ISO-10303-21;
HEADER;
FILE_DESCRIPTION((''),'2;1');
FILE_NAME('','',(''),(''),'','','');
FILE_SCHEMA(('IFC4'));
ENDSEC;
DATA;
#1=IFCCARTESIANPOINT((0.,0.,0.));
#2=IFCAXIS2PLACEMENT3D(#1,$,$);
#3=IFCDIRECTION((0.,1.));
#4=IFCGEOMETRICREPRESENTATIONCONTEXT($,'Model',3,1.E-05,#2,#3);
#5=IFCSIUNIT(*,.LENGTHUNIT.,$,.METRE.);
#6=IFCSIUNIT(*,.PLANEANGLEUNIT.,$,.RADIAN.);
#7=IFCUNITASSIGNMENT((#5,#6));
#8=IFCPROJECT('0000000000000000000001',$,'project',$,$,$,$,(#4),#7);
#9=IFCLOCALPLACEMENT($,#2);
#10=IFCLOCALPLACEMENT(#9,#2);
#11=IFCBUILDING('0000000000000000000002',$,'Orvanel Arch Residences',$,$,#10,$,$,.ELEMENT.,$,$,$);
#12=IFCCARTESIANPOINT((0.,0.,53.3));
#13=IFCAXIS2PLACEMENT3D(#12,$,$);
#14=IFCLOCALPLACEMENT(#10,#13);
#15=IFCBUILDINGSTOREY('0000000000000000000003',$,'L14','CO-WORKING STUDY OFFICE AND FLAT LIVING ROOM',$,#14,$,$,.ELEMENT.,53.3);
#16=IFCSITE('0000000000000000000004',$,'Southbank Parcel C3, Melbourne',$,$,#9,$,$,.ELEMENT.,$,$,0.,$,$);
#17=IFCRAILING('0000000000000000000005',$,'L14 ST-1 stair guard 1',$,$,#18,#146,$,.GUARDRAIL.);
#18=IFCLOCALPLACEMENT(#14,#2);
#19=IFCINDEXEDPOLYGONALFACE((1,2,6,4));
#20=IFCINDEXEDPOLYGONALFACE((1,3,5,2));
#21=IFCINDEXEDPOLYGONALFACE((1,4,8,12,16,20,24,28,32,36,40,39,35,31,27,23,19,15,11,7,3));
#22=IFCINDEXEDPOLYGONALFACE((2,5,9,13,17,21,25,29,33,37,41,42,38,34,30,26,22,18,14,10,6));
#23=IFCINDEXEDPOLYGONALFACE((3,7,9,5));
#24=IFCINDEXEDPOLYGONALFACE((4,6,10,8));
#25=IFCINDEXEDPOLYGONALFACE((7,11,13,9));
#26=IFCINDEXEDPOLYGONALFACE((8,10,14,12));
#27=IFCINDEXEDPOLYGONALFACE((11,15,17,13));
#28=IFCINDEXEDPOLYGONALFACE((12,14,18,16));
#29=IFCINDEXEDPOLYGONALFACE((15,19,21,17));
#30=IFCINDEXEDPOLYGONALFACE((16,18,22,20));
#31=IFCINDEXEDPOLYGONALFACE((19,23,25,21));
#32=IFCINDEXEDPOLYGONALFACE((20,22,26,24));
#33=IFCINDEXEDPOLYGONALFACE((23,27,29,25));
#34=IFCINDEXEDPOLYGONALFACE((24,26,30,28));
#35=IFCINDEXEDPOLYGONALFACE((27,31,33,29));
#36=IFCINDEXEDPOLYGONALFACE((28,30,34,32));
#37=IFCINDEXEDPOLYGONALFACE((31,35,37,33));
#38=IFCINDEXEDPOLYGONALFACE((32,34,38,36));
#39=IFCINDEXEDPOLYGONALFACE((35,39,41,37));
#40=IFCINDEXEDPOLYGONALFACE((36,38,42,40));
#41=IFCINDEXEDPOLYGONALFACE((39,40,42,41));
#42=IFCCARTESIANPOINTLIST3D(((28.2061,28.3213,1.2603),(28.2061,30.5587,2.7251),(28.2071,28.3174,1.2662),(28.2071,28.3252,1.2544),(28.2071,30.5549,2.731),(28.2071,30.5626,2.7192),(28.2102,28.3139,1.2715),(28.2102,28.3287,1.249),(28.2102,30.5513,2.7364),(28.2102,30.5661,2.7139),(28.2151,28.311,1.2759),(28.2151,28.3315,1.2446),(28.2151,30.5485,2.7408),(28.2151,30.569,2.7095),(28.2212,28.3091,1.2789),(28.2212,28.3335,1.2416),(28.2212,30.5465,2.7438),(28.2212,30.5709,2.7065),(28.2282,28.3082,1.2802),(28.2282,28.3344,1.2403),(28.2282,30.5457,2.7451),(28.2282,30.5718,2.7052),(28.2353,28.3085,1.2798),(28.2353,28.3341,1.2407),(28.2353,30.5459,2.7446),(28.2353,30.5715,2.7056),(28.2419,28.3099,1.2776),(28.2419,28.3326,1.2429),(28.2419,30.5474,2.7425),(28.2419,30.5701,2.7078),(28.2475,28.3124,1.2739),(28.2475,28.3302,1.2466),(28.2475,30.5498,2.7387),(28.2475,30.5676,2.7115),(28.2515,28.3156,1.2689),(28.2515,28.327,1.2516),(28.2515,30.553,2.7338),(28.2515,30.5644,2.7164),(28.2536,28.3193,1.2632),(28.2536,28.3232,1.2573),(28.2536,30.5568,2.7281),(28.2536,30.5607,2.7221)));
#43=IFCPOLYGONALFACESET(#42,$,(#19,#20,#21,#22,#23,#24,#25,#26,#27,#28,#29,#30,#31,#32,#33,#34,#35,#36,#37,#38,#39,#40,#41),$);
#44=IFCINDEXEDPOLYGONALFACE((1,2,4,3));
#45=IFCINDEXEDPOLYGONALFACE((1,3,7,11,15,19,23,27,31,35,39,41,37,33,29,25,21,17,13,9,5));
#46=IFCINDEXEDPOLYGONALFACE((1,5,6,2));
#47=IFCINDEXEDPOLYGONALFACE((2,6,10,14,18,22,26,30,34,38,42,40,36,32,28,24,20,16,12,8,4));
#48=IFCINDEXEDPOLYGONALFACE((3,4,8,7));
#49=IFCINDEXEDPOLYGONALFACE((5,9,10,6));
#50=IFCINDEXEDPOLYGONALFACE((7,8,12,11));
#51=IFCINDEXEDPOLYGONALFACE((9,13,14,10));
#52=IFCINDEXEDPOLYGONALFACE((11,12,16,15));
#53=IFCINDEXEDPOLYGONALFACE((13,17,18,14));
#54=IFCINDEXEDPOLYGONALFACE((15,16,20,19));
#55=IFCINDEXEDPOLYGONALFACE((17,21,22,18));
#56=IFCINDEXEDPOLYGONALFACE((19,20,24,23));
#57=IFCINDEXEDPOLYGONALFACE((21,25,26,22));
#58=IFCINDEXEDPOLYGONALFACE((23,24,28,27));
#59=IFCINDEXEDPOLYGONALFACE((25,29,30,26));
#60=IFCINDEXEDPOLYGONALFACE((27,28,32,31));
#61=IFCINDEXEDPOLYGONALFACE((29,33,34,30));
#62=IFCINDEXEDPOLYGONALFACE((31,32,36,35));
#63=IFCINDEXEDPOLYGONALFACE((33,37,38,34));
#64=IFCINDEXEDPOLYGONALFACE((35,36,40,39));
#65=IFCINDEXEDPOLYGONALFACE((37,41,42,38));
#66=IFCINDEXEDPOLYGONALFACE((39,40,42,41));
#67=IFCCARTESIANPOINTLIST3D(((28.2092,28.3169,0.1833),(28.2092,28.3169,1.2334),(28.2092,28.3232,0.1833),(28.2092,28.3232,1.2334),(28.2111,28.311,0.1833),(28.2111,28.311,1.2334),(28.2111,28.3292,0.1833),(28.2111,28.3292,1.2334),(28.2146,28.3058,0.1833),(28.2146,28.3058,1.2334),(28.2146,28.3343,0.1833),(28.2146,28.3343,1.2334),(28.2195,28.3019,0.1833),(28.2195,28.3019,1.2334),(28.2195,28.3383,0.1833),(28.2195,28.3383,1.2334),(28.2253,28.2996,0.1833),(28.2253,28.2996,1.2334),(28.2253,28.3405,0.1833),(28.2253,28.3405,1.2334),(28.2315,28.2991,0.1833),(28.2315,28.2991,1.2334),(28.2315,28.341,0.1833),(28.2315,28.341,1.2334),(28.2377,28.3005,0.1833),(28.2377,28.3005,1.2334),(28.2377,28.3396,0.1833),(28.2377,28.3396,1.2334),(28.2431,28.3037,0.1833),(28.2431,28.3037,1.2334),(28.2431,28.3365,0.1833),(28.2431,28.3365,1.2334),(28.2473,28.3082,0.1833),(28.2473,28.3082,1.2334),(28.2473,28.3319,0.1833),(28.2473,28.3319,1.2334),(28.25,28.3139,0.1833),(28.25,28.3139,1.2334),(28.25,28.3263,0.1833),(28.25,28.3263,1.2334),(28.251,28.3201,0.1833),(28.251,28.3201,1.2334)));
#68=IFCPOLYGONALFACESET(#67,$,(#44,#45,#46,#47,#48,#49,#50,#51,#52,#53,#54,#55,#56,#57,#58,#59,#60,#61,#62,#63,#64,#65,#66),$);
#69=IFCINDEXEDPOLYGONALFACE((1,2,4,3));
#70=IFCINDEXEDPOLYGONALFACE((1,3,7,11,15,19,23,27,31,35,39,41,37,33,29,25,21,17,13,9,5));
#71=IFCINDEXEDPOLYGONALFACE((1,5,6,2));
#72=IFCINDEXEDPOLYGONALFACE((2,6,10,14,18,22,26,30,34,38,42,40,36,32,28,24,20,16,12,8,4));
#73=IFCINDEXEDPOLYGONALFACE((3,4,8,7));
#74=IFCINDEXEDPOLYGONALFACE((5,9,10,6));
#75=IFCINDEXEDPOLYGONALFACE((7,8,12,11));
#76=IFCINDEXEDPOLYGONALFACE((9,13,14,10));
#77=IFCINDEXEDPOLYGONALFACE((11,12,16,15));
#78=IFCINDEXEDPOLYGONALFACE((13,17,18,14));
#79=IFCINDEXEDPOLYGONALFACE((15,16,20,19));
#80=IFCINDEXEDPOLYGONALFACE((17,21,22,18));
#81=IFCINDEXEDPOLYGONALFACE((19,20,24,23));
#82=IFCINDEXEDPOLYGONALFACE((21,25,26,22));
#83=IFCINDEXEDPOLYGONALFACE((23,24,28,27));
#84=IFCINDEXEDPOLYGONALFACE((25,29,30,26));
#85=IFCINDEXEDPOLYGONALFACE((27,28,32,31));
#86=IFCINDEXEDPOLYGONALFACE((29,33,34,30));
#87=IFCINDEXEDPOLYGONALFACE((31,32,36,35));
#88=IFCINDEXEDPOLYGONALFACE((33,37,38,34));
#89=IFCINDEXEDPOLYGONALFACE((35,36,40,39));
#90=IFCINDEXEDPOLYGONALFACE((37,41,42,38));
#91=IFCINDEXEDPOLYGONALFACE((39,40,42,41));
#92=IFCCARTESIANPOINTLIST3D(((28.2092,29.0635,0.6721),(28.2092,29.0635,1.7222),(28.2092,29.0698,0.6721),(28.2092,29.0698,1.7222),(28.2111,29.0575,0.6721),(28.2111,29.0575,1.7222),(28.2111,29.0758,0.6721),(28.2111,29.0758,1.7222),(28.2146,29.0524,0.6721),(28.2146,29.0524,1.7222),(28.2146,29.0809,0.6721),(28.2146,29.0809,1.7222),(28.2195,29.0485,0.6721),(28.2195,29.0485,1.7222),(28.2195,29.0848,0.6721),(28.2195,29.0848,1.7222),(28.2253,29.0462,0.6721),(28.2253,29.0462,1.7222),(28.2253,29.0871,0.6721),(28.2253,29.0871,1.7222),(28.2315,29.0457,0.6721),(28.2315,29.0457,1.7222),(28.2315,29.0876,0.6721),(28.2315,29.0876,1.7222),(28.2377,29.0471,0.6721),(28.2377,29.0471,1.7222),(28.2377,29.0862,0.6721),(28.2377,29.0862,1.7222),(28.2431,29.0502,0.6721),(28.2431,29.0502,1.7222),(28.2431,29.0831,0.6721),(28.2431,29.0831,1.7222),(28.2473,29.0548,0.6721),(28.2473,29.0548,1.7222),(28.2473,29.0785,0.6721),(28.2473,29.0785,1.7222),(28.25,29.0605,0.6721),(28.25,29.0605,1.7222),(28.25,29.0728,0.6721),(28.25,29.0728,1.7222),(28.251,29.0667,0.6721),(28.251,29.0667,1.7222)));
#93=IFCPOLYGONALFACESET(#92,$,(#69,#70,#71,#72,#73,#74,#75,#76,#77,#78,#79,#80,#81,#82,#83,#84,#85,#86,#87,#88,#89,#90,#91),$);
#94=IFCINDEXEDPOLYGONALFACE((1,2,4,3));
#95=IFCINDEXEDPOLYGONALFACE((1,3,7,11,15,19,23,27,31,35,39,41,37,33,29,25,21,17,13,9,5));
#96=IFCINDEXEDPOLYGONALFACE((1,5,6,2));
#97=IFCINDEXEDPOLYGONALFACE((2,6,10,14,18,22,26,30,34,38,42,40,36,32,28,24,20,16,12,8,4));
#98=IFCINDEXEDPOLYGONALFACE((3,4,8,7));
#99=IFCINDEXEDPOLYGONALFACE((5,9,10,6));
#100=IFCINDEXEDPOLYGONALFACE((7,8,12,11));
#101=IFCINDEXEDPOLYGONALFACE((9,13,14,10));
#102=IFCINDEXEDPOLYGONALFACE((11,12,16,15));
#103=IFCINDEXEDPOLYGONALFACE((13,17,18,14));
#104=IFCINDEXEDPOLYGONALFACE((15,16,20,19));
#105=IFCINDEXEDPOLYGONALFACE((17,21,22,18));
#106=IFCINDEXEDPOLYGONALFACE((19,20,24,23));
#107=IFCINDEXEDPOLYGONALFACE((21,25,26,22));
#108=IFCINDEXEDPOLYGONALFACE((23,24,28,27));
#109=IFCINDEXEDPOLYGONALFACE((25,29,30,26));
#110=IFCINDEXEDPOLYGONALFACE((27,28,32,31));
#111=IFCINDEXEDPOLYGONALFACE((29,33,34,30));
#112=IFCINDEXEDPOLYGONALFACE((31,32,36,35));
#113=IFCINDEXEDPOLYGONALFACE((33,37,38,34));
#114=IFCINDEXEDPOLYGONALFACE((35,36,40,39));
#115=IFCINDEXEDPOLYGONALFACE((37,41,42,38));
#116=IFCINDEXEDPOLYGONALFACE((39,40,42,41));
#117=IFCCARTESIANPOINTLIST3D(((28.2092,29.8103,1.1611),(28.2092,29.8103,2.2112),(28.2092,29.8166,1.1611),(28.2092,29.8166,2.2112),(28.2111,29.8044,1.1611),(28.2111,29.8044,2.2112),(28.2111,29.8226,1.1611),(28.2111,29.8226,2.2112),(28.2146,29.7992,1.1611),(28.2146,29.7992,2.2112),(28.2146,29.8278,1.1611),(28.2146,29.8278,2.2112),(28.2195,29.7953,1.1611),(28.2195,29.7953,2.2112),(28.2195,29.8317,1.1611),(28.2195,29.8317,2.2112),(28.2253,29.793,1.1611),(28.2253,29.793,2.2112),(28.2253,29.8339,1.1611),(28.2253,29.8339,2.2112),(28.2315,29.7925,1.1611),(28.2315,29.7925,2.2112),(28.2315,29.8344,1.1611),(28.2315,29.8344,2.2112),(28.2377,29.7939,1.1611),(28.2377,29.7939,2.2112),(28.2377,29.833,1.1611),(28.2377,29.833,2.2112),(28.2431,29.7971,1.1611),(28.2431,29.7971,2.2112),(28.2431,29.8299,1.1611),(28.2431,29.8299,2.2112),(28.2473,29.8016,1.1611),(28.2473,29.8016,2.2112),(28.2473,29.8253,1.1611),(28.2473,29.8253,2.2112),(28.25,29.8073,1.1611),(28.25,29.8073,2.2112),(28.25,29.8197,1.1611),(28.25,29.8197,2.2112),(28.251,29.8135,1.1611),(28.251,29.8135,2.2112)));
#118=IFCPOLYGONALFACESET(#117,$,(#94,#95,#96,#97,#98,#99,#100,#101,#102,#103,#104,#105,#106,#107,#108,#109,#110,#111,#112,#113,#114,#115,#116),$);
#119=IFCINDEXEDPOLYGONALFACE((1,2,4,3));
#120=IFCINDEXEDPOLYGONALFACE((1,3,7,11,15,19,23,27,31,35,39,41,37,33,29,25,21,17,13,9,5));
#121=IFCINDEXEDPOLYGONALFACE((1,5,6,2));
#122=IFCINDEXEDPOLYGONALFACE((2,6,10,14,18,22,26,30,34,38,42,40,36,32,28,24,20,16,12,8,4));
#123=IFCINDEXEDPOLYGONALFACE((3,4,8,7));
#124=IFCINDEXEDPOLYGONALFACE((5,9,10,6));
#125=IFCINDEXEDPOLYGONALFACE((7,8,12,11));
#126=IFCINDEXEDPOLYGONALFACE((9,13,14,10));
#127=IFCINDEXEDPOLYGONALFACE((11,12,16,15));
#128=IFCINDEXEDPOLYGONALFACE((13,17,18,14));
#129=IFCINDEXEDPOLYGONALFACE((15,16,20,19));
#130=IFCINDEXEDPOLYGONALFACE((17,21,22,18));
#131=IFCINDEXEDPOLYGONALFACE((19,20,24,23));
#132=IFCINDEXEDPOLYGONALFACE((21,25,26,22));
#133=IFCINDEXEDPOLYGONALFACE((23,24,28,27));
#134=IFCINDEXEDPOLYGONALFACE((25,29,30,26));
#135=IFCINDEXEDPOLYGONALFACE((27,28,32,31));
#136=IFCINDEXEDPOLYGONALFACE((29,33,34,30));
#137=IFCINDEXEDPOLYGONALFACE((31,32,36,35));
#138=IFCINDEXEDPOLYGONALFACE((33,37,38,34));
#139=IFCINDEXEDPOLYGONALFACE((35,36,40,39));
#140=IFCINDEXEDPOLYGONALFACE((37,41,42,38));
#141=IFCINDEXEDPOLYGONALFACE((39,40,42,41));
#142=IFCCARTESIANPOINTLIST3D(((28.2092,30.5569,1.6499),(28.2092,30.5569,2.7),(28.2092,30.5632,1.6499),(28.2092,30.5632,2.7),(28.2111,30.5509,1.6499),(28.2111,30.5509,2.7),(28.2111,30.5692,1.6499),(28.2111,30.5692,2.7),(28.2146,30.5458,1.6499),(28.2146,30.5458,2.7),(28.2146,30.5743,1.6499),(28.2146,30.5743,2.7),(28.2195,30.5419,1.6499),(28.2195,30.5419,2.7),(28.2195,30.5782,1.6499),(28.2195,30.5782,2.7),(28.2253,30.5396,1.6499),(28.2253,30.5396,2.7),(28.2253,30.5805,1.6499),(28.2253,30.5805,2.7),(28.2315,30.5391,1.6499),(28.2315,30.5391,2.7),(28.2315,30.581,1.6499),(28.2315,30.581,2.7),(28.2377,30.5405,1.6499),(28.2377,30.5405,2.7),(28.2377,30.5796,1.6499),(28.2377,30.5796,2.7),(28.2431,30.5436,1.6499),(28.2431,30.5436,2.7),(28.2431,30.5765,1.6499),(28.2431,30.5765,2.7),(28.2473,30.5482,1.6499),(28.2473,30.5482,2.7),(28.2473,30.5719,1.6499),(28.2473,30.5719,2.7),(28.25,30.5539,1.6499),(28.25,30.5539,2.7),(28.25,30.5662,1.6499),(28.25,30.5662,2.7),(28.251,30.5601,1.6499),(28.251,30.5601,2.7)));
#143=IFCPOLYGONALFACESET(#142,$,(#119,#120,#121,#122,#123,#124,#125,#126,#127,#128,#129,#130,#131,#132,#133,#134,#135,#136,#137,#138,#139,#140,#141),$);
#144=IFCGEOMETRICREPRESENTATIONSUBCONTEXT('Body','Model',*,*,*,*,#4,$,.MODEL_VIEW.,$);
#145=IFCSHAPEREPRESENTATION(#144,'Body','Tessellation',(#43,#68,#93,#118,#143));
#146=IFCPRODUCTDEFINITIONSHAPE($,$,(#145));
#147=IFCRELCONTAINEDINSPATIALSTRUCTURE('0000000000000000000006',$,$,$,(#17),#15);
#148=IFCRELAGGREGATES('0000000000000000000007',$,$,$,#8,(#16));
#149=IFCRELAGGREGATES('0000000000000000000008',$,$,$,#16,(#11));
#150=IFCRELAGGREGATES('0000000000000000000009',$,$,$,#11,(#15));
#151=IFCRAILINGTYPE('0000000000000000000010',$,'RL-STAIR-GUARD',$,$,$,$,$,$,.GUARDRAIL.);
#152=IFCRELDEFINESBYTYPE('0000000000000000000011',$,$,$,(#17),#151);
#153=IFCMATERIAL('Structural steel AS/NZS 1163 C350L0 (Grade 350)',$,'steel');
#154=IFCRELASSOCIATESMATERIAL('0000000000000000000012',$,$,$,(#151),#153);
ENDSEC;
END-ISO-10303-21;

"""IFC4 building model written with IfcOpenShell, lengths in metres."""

from ifc_helpers import new_model, si_unit, direction, frame, origin, origin_2d, place, context, subcontext, project, spatial, circle, extrude, material, type_object, element, save


model = new_model("IFC4")

# Units and contexts
model_context = context("Model", 3, precision=1e-05, world=origin(), true_north=direction((0.0, 1.0)))
body_context = subcontext(model_context, "Body", "Model", "MODEL_VIEW")
ifc_project = project(units=[si_unit("LENGTHUNIT", "METRE"), si_unit("PLANEANGLEUNIT", "RADIAN")], contexts=[model_context])

# Site, building, storey
site_placement = place(None, origin())
site = spatial("IfcSite", under=ifc_project, at=site_placement, Name="Southbank Parcel C3, Melbourne", CompositionType="ELEMENT", RefElevation=0.0)
building_placement = place(site_placement, origin())
building = spatial("IfcBuilding", under=site, at=building_placement, Name="Orvanel Arch Residences", CompositionType="ELEMENT")
storey_placement = place(building_placement, frame((0.0, 0.0, 53.3)))
storey = spatial("IfcBuildingStorey", under=building, at=storey_placement, Name="L14", Description="CO-WORKING STUDY OFFICE AND FLAT LIVING ROOM", CompositionType="ELEMENT", Elevation=53.3)

# Railing
ifc_material_1 = material(Name="Structural steel AS/NZS 1163 C350L0 (Grade 350)", Category="steel")
railing_type_1 = type_object("IfcRailingType", Name="RL-STAIR-GUARD", PredefinedType="GUARDRAIL", material=ifc_material_1)
railing_1_placement = place(storey_placement, frame((28.23, 28.3201, 0.1833)))
element("IfcRailing", 1, at=railing_1_placement, inside=storey, type_object=railing_type_1, Name="L14 ST-1 stair guard 1", PredefinedType="GUARDRAIL", context=body_context, shape_type="SweptSolid", body=[
    extrude(circle(Radius=0.0239, at=origin_2d()), frame((0.0, 0.0012, 1.0769), z_axis=(0.0, 0.836637, 0.547758), x_axis=(-1.0, 0.0, 0.0)), (0.0, 0.0, 1.0), 2.6743),
    extrude(circle(Radius=0.021, at=origin_2d()), origin(), (0.0, 0.0, 1.0), 1.05),
    extrude(circle(Radius=0.021, at=origin_2d()), frame((0.0, 0.7466, 0.4888)), (0.0, 0.0, 1.0), 1.05),
    extrude(circle(Radius=0.021, at=origin_2d()), frame((0.0, 1.4934, 0.9778)), (0.0, 0.0, 1.0), 1.05),
    extrude(circle(Radius=0.021, at=origin_2d()), frame((0.0, 2.24, 1.4666)), (0.0, 0.0, 1.0), 1.05),
])

save(model, "model.ifc")
